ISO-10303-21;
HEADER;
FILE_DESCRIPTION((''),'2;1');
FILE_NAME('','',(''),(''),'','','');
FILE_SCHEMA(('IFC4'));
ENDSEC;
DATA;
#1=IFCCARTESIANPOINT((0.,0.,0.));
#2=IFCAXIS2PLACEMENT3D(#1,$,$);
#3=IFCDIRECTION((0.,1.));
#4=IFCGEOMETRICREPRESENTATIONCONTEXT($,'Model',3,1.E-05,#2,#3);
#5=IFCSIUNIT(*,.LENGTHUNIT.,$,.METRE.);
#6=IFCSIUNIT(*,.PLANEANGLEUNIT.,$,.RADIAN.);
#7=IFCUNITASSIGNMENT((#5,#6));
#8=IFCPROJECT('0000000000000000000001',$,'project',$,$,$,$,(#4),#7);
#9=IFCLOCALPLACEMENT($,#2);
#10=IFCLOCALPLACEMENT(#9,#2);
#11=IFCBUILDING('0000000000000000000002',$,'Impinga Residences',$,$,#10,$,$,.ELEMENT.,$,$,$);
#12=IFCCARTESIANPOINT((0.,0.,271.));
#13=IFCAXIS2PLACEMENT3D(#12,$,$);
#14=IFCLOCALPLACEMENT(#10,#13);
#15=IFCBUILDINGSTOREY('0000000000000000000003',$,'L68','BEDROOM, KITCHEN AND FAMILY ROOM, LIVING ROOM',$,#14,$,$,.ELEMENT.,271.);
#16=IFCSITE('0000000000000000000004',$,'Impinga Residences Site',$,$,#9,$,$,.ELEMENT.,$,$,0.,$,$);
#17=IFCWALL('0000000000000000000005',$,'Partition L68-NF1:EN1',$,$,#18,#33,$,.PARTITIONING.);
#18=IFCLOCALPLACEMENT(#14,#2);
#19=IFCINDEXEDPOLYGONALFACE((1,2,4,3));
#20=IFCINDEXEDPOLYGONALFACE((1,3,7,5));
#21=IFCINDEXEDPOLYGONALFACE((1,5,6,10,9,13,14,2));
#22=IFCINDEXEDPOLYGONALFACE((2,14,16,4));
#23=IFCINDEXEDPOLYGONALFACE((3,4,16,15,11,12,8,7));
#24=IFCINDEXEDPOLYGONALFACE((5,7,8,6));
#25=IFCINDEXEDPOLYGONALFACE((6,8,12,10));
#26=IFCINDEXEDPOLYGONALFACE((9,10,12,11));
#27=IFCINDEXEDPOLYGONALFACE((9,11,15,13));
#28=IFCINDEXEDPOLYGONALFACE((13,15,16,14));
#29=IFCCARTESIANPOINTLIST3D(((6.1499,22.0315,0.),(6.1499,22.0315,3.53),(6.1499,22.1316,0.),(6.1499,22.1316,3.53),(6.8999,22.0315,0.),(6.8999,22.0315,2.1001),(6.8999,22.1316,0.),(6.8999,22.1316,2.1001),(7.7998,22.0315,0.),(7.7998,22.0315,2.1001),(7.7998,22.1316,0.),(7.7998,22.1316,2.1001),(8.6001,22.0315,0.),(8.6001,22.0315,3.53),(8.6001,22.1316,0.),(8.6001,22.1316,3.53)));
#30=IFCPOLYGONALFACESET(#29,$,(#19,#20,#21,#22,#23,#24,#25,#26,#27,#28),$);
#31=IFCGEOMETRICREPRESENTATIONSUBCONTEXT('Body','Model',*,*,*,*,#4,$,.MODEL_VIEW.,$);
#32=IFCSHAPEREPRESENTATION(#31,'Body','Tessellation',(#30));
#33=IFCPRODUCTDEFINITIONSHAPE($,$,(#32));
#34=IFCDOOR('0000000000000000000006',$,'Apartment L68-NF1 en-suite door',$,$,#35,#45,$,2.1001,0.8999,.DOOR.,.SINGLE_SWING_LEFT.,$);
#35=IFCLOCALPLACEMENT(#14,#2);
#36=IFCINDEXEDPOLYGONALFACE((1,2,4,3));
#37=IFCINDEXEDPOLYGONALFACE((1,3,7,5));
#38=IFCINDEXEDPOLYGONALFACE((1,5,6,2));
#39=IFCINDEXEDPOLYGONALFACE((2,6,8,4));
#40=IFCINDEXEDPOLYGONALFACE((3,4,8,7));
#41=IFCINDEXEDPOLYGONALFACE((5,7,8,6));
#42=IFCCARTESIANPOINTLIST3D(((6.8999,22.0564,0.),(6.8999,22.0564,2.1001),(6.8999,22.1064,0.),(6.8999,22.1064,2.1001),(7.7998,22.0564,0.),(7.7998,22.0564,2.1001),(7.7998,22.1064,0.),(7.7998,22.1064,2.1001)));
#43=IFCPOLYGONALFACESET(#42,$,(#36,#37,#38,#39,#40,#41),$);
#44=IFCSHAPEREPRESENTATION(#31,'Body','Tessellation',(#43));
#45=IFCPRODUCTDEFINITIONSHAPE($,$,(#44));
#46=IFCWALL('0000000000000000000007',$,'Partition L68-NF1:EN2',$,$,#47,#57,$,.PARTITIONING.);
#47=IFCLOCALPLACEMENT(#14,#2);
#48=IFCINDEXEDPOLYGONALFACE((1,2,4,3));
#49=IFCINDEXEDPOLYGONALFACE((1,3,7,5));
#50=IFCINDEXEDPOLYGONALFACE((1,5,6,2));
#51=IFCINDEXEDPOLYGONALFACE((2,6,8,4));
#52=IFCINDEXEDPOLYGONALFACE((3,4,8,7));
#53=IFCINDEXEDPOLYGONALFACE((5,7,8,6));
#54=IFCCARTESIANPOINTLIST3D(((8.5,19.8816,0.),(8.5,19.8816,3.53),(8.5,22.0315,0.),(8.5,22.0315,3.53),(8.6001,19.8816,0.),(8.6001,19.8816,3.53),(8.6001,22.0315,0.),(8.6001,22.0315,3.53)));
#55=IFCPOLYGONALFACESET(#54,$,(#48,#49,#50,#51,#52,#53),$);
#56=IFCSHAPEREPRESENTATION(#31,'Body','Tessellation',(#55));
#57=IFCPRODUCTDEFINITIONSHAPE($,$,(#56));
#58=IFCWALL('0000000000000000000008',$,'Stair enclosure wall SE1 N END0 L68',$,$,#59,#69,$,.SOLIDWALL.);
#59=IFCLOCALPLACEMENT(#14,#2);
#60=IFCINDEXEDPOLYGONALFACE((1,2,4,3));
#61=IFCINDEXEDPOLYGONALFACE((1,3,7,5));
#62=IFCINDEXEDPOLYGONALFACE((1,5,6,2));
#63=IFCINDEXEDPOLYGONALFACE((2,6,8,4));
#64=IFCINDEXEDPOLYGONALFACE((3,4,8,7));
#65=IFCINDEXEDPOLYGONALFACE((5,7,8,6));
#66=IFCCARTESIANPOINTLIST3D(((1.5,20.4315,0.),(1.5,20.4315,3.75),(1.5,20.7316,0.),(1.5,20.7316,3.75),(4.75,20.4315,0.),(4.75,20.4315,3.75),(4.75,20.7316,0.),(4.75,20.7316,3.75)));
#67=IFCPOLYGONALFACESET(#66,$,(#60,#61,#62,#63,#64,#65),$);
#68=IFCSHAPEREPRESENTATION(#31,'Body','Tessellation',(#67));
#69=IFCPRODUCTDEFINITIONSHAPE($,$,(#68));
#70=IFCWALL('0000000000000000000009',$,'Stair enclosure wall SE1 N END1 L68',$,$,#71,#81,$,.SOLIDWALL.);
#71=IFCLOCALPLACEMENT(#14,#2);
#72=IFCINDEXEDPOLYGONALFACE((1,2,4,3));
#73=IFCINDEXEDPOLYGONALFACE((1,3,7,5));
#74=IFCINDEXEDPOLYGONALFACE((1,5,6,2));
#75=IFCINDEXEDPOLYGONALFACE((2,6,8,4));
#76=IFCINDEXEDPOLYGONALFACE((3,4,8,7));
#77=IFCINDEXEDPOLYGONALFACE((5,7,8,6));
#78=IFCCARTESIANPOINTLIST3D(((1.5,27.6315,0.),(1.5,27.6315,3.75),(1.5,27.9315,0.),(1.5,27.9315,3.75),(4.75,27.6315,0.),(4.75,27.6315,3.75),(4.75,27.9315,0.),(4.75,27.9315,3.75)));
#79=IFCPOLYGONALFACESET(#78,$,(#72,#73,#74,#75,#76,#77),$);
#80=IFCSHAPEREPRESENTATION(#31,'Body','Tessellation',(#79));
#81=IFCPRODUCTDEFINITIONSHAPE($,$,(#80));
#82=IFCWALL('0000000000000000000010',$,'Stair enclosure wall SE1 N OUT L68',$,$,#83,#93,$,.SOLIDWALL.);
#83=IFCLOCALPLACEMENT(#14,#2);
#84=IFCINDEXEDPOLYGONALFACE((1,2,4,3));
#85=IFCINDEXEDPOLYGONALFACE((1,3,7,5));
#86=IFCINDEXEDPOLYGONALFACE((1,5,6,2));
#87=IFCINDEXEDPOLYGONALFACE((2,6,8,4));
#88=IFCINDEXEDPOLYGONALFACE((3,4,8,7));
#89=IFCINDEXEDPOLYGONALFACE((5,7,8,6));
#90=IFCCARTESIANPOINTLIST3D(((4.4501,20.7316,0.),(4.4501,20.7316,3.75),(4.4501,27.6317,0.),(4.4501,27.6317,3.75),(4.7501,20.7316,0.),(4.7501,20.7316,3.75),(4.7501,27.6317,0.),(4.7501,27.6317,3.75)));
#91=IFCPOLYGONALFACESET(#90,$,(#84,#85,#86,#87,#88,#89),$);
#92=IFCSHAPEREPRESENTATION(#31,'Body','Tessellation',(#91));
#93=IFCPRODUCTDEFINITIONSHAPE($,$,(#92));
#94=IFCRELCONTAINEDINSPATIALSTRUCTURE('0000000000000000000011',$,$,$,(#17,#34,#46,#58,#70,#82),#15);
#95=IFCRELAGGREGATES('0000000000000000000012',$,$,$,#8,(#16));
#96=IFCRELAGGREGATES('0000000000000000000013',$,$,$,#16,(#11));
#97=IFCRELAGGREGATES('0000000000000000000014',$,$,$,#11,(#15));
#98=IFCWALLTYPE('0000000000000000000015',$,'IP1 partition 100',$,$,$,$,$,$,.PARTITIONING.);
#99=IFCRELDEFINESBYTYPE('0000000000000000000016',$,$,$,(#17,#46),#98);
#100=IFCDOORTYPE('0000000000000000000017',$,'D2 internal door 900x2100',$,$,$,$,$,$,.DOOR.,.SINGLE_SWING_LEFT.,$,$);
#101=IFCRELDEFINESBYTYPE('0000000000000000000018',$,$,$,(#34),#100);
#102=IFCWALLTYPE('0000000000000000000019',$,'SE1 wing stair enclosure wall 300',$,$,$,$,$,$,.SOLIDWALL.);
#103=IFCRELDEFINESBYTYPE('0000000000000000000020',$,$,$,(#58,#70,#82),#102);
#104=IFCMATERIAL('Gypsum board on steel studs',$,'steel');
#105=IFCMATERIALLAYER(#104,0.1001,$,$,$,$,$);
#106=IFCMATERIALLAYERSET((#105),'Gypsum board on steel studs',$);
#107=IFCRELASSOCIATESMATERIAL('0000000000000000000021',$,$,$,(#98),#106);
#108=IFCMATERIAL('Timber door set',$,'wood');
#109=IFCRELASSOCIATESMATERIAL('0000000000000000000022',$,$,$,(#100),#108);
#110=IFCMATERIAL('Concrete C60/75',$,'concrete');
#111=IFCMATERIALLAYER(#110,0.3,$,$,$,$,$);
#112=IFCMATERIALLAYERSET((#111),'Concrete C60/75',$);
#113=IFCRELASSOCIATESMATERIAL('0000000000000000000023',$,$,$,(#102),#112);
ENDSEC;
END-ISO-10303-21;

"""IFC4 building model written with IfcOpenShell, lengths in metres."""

from ifc_helpers import new_model, si_unit, direction, frame, frame_2d, origin, place, context, subcontext, project, spatial, rectangle, extrude, material, layer, layer_set, type_object, element, fill, save


model = new_model("IFC4")

# Units and contexts
model_context = context("Model", 3, precision=1e-05, world=origin(), true_north=direction((0.0, 1.0)))
body_context = subcontext(model_context, "Body", "Model", "MODEL_VIEW")
ifc_project = project(units=[si_unit("LENGTHUNIT", "METRE"), si_unit("PLANEANGLEUNIT", "RADIAN")], contexts=[model_context])

# Site, building, storey
site_placement = place(None, origin())
site = spatial("IfcSite", under=ifc_project, at=site_placement, Name="Impinga Residences Site", CompositionType="ELEMENT", RefElevation=0.0)
building_placement = place(site_placement, origin())
building = spatial("IfcBuilding", under=site, at=building_placement, Name="Impinga Residences", CompositionType="ELEMENT")
storey_placement = place(building_placement, frame((0.0, 0.0, 271.0)))
storey = spatial("IfcBuildingStorey", under=building, at=storey_placement, Name="L68", Description="BEDROOM, KITCHEN AND FAMILY ROOM, LIVING ROOM", CompositionType="ELEMENT", Elevation=271.0)

# Shared definitions
ifc_material_1 = material(Name="Concrete C60/75", Category="concrete")

# Shared definitions
ifc_material_2 = material(Name="Gypsum board on steel studs", Category="steel")
ifc_layer_1 = layer(ifc_material_2, 0.1001)
ifc_layer_set_1 = layer_set([ifc_layer_1], Name="Gypsum board on steel studs")
wall_type_1 = type_object("IfcWallType", Name="IP1 partition 100", PredefinedType="PARTITIONING", material=ifc_layer_set_1)

# Wall, opening, door
wall_1_placement = place(storey_placement, frame((6.1499, 22.0815, 0.0), z_axis=(0.0, 0.0, 1.0), x_axis=(1.0, 0.0, 0.0)))
wall_1 = element("IfcWall", 1, at=wall_1_placement, inside=storey, type_object=wall_type_1, Name="Partition L68-NF1:EN1", PredefinedType="PARTITIONING", context=body_context, shape_type="SweptSolid", body=[
    extrude(rectangle(XDim=2.4502, YDim=0.1001, at=frame_2d((1.2251, 0.0))), origin(), (0.0, 0.0, 1.0), 3.53),
])
opening_1_placement = place(wall_1_placement, frame((0.75, 0.0, 0.0)))
opening_1 = element("IfcOpeningElement", 2, at=opening_1_placement, cuts=wall_1, PredefinedType="OPENING", context=body_context, shape_type="SweptSolid", body=[
    extrude(rectangle(XDim=0.8999, YDim=2.1001, at=frame_2d((0.45, 1.05))), frame((0.0, 0.0601, 0.0), z_axis=(0.0, -1.0, 0.0), x_axis=(1.0, 0.0, 0.0)), (0.0, 0.0, 1.0), 0.1201),
])
ifc_material_3 = material(Name="Timber door set", Category="wood")
door_type = type_object("IfcDoorType", Name="D2 internal door 900x2100", OperationType="SINGLE_SWING_LEFT", PredefinedType="DOOR", material=ifc_material_3)
door_placement = place(opening_1_placement, origin())
door = element("IfcDoor", 3, at=door_placement, inside=storey, type_object=door_type, Name="Apartment L68-NF1 en-suite door", OperationType="SINGLE_SWING_LEFT", OverallHeight=2.1001, OverallWidth=0.8999, PredefinedType="DOOR", context=body_context, shape_type="SweptSolid", body=[
    extrude(rectangle(XDim=0.8999, YDim=2.1001, at=frame_2d((0.45, 1.05))), frame((0.0, 0.0249, 0.0), z_axis=(0.0, -1.0, 0.0), x_axis=(1.0, 0.0, 0.0)), (0.0, 0.0, 1.0), 0.05),
])
fill(opening_1, door)

# Walls
wall_2_placement = place(storey_placement, frame((8.55, 19.8816, 0.0), z_axis=(0.0, 0.0, 1.0), x_axis=(0.0, 1.0, 0.0)))
element("IfcWall", 4, at=wall_2_placement, inside=storey, type_object=wall_type_1, Name="Partition L68-NF1:EN2", PredefinedType="PARTITIONING", context=body_context, shape_type="SweptSolid", body=[
    extrude(rectangle(XDim=2.1499, YDim=0.1001, at=frame_2d((1.075, 0.0))), origin(), (0.0, 0.0, 1.0), 3.53),
])
ifc_layer_2 = layer(ifc_material_1, 0.3)
ifc_layer_set_2 = layer_set([ifc_layer_2], Name="Concrete C60/75")
wall_type_2 = type_object("IfcWallType", Name="SE1 wing stair enclosure wall 300", PredefinedType="SOLIDWALL", material=ifc_layer_set_2)
for number, where, z_axis, x_axis, name in (
    (5, (1.5, 20.5815, 0.0), (0.0, 0.0, 1.0), (1.0, 0.0, 0.0), "Stair enclosure wall SE1 N END0 L68"),
    (6, (1.5, 27.7815, 0.0), (0.0, 0.0, 1.0), (1.0, 0.0, 0.0), "Stair enclosure wall SE1 N END1 L68"),
):
    element("IfcWall", number, at=place(storey_placement, frame(where, z_axis=z_axis, x_axis=x_axis)), inside=storey, type_object=wall_type_2, Name=name, PredefinedType="SOLIDWALL", context=body_context, shape_type="SweptSolid", body=[
        extrude(rectangle(XDim=3.25, YDim=0.3, at=frame_2d((1.625, 0.0))), origin(), (0.0, 0.0, 1.0), 3.75),
    ])
wall_3_placement = place(storey_placement, frame((4.6001, 20.7314, 0.0), z_axis=(0.0, 0.0, 1.0), x_axis=(0.0, 1.0, 0.0)))
element("IfcWall", 7, at=wall_3_placement, inside=storey, type_object=wall_type_2, Name="Stair enclosure wall SE1 N OUT L68", PredefinedType="SOLIDWALL", context=body_context, shape_type="SweptSolid", body=[
    extrude(rectangle(XDim=6.9001, YDim=0.3, at=frame_2d((3.4502, 0.0))), origin(), (0.0, 0.0, 1.0), 3.75),
])

save(model, "model.ifc")
